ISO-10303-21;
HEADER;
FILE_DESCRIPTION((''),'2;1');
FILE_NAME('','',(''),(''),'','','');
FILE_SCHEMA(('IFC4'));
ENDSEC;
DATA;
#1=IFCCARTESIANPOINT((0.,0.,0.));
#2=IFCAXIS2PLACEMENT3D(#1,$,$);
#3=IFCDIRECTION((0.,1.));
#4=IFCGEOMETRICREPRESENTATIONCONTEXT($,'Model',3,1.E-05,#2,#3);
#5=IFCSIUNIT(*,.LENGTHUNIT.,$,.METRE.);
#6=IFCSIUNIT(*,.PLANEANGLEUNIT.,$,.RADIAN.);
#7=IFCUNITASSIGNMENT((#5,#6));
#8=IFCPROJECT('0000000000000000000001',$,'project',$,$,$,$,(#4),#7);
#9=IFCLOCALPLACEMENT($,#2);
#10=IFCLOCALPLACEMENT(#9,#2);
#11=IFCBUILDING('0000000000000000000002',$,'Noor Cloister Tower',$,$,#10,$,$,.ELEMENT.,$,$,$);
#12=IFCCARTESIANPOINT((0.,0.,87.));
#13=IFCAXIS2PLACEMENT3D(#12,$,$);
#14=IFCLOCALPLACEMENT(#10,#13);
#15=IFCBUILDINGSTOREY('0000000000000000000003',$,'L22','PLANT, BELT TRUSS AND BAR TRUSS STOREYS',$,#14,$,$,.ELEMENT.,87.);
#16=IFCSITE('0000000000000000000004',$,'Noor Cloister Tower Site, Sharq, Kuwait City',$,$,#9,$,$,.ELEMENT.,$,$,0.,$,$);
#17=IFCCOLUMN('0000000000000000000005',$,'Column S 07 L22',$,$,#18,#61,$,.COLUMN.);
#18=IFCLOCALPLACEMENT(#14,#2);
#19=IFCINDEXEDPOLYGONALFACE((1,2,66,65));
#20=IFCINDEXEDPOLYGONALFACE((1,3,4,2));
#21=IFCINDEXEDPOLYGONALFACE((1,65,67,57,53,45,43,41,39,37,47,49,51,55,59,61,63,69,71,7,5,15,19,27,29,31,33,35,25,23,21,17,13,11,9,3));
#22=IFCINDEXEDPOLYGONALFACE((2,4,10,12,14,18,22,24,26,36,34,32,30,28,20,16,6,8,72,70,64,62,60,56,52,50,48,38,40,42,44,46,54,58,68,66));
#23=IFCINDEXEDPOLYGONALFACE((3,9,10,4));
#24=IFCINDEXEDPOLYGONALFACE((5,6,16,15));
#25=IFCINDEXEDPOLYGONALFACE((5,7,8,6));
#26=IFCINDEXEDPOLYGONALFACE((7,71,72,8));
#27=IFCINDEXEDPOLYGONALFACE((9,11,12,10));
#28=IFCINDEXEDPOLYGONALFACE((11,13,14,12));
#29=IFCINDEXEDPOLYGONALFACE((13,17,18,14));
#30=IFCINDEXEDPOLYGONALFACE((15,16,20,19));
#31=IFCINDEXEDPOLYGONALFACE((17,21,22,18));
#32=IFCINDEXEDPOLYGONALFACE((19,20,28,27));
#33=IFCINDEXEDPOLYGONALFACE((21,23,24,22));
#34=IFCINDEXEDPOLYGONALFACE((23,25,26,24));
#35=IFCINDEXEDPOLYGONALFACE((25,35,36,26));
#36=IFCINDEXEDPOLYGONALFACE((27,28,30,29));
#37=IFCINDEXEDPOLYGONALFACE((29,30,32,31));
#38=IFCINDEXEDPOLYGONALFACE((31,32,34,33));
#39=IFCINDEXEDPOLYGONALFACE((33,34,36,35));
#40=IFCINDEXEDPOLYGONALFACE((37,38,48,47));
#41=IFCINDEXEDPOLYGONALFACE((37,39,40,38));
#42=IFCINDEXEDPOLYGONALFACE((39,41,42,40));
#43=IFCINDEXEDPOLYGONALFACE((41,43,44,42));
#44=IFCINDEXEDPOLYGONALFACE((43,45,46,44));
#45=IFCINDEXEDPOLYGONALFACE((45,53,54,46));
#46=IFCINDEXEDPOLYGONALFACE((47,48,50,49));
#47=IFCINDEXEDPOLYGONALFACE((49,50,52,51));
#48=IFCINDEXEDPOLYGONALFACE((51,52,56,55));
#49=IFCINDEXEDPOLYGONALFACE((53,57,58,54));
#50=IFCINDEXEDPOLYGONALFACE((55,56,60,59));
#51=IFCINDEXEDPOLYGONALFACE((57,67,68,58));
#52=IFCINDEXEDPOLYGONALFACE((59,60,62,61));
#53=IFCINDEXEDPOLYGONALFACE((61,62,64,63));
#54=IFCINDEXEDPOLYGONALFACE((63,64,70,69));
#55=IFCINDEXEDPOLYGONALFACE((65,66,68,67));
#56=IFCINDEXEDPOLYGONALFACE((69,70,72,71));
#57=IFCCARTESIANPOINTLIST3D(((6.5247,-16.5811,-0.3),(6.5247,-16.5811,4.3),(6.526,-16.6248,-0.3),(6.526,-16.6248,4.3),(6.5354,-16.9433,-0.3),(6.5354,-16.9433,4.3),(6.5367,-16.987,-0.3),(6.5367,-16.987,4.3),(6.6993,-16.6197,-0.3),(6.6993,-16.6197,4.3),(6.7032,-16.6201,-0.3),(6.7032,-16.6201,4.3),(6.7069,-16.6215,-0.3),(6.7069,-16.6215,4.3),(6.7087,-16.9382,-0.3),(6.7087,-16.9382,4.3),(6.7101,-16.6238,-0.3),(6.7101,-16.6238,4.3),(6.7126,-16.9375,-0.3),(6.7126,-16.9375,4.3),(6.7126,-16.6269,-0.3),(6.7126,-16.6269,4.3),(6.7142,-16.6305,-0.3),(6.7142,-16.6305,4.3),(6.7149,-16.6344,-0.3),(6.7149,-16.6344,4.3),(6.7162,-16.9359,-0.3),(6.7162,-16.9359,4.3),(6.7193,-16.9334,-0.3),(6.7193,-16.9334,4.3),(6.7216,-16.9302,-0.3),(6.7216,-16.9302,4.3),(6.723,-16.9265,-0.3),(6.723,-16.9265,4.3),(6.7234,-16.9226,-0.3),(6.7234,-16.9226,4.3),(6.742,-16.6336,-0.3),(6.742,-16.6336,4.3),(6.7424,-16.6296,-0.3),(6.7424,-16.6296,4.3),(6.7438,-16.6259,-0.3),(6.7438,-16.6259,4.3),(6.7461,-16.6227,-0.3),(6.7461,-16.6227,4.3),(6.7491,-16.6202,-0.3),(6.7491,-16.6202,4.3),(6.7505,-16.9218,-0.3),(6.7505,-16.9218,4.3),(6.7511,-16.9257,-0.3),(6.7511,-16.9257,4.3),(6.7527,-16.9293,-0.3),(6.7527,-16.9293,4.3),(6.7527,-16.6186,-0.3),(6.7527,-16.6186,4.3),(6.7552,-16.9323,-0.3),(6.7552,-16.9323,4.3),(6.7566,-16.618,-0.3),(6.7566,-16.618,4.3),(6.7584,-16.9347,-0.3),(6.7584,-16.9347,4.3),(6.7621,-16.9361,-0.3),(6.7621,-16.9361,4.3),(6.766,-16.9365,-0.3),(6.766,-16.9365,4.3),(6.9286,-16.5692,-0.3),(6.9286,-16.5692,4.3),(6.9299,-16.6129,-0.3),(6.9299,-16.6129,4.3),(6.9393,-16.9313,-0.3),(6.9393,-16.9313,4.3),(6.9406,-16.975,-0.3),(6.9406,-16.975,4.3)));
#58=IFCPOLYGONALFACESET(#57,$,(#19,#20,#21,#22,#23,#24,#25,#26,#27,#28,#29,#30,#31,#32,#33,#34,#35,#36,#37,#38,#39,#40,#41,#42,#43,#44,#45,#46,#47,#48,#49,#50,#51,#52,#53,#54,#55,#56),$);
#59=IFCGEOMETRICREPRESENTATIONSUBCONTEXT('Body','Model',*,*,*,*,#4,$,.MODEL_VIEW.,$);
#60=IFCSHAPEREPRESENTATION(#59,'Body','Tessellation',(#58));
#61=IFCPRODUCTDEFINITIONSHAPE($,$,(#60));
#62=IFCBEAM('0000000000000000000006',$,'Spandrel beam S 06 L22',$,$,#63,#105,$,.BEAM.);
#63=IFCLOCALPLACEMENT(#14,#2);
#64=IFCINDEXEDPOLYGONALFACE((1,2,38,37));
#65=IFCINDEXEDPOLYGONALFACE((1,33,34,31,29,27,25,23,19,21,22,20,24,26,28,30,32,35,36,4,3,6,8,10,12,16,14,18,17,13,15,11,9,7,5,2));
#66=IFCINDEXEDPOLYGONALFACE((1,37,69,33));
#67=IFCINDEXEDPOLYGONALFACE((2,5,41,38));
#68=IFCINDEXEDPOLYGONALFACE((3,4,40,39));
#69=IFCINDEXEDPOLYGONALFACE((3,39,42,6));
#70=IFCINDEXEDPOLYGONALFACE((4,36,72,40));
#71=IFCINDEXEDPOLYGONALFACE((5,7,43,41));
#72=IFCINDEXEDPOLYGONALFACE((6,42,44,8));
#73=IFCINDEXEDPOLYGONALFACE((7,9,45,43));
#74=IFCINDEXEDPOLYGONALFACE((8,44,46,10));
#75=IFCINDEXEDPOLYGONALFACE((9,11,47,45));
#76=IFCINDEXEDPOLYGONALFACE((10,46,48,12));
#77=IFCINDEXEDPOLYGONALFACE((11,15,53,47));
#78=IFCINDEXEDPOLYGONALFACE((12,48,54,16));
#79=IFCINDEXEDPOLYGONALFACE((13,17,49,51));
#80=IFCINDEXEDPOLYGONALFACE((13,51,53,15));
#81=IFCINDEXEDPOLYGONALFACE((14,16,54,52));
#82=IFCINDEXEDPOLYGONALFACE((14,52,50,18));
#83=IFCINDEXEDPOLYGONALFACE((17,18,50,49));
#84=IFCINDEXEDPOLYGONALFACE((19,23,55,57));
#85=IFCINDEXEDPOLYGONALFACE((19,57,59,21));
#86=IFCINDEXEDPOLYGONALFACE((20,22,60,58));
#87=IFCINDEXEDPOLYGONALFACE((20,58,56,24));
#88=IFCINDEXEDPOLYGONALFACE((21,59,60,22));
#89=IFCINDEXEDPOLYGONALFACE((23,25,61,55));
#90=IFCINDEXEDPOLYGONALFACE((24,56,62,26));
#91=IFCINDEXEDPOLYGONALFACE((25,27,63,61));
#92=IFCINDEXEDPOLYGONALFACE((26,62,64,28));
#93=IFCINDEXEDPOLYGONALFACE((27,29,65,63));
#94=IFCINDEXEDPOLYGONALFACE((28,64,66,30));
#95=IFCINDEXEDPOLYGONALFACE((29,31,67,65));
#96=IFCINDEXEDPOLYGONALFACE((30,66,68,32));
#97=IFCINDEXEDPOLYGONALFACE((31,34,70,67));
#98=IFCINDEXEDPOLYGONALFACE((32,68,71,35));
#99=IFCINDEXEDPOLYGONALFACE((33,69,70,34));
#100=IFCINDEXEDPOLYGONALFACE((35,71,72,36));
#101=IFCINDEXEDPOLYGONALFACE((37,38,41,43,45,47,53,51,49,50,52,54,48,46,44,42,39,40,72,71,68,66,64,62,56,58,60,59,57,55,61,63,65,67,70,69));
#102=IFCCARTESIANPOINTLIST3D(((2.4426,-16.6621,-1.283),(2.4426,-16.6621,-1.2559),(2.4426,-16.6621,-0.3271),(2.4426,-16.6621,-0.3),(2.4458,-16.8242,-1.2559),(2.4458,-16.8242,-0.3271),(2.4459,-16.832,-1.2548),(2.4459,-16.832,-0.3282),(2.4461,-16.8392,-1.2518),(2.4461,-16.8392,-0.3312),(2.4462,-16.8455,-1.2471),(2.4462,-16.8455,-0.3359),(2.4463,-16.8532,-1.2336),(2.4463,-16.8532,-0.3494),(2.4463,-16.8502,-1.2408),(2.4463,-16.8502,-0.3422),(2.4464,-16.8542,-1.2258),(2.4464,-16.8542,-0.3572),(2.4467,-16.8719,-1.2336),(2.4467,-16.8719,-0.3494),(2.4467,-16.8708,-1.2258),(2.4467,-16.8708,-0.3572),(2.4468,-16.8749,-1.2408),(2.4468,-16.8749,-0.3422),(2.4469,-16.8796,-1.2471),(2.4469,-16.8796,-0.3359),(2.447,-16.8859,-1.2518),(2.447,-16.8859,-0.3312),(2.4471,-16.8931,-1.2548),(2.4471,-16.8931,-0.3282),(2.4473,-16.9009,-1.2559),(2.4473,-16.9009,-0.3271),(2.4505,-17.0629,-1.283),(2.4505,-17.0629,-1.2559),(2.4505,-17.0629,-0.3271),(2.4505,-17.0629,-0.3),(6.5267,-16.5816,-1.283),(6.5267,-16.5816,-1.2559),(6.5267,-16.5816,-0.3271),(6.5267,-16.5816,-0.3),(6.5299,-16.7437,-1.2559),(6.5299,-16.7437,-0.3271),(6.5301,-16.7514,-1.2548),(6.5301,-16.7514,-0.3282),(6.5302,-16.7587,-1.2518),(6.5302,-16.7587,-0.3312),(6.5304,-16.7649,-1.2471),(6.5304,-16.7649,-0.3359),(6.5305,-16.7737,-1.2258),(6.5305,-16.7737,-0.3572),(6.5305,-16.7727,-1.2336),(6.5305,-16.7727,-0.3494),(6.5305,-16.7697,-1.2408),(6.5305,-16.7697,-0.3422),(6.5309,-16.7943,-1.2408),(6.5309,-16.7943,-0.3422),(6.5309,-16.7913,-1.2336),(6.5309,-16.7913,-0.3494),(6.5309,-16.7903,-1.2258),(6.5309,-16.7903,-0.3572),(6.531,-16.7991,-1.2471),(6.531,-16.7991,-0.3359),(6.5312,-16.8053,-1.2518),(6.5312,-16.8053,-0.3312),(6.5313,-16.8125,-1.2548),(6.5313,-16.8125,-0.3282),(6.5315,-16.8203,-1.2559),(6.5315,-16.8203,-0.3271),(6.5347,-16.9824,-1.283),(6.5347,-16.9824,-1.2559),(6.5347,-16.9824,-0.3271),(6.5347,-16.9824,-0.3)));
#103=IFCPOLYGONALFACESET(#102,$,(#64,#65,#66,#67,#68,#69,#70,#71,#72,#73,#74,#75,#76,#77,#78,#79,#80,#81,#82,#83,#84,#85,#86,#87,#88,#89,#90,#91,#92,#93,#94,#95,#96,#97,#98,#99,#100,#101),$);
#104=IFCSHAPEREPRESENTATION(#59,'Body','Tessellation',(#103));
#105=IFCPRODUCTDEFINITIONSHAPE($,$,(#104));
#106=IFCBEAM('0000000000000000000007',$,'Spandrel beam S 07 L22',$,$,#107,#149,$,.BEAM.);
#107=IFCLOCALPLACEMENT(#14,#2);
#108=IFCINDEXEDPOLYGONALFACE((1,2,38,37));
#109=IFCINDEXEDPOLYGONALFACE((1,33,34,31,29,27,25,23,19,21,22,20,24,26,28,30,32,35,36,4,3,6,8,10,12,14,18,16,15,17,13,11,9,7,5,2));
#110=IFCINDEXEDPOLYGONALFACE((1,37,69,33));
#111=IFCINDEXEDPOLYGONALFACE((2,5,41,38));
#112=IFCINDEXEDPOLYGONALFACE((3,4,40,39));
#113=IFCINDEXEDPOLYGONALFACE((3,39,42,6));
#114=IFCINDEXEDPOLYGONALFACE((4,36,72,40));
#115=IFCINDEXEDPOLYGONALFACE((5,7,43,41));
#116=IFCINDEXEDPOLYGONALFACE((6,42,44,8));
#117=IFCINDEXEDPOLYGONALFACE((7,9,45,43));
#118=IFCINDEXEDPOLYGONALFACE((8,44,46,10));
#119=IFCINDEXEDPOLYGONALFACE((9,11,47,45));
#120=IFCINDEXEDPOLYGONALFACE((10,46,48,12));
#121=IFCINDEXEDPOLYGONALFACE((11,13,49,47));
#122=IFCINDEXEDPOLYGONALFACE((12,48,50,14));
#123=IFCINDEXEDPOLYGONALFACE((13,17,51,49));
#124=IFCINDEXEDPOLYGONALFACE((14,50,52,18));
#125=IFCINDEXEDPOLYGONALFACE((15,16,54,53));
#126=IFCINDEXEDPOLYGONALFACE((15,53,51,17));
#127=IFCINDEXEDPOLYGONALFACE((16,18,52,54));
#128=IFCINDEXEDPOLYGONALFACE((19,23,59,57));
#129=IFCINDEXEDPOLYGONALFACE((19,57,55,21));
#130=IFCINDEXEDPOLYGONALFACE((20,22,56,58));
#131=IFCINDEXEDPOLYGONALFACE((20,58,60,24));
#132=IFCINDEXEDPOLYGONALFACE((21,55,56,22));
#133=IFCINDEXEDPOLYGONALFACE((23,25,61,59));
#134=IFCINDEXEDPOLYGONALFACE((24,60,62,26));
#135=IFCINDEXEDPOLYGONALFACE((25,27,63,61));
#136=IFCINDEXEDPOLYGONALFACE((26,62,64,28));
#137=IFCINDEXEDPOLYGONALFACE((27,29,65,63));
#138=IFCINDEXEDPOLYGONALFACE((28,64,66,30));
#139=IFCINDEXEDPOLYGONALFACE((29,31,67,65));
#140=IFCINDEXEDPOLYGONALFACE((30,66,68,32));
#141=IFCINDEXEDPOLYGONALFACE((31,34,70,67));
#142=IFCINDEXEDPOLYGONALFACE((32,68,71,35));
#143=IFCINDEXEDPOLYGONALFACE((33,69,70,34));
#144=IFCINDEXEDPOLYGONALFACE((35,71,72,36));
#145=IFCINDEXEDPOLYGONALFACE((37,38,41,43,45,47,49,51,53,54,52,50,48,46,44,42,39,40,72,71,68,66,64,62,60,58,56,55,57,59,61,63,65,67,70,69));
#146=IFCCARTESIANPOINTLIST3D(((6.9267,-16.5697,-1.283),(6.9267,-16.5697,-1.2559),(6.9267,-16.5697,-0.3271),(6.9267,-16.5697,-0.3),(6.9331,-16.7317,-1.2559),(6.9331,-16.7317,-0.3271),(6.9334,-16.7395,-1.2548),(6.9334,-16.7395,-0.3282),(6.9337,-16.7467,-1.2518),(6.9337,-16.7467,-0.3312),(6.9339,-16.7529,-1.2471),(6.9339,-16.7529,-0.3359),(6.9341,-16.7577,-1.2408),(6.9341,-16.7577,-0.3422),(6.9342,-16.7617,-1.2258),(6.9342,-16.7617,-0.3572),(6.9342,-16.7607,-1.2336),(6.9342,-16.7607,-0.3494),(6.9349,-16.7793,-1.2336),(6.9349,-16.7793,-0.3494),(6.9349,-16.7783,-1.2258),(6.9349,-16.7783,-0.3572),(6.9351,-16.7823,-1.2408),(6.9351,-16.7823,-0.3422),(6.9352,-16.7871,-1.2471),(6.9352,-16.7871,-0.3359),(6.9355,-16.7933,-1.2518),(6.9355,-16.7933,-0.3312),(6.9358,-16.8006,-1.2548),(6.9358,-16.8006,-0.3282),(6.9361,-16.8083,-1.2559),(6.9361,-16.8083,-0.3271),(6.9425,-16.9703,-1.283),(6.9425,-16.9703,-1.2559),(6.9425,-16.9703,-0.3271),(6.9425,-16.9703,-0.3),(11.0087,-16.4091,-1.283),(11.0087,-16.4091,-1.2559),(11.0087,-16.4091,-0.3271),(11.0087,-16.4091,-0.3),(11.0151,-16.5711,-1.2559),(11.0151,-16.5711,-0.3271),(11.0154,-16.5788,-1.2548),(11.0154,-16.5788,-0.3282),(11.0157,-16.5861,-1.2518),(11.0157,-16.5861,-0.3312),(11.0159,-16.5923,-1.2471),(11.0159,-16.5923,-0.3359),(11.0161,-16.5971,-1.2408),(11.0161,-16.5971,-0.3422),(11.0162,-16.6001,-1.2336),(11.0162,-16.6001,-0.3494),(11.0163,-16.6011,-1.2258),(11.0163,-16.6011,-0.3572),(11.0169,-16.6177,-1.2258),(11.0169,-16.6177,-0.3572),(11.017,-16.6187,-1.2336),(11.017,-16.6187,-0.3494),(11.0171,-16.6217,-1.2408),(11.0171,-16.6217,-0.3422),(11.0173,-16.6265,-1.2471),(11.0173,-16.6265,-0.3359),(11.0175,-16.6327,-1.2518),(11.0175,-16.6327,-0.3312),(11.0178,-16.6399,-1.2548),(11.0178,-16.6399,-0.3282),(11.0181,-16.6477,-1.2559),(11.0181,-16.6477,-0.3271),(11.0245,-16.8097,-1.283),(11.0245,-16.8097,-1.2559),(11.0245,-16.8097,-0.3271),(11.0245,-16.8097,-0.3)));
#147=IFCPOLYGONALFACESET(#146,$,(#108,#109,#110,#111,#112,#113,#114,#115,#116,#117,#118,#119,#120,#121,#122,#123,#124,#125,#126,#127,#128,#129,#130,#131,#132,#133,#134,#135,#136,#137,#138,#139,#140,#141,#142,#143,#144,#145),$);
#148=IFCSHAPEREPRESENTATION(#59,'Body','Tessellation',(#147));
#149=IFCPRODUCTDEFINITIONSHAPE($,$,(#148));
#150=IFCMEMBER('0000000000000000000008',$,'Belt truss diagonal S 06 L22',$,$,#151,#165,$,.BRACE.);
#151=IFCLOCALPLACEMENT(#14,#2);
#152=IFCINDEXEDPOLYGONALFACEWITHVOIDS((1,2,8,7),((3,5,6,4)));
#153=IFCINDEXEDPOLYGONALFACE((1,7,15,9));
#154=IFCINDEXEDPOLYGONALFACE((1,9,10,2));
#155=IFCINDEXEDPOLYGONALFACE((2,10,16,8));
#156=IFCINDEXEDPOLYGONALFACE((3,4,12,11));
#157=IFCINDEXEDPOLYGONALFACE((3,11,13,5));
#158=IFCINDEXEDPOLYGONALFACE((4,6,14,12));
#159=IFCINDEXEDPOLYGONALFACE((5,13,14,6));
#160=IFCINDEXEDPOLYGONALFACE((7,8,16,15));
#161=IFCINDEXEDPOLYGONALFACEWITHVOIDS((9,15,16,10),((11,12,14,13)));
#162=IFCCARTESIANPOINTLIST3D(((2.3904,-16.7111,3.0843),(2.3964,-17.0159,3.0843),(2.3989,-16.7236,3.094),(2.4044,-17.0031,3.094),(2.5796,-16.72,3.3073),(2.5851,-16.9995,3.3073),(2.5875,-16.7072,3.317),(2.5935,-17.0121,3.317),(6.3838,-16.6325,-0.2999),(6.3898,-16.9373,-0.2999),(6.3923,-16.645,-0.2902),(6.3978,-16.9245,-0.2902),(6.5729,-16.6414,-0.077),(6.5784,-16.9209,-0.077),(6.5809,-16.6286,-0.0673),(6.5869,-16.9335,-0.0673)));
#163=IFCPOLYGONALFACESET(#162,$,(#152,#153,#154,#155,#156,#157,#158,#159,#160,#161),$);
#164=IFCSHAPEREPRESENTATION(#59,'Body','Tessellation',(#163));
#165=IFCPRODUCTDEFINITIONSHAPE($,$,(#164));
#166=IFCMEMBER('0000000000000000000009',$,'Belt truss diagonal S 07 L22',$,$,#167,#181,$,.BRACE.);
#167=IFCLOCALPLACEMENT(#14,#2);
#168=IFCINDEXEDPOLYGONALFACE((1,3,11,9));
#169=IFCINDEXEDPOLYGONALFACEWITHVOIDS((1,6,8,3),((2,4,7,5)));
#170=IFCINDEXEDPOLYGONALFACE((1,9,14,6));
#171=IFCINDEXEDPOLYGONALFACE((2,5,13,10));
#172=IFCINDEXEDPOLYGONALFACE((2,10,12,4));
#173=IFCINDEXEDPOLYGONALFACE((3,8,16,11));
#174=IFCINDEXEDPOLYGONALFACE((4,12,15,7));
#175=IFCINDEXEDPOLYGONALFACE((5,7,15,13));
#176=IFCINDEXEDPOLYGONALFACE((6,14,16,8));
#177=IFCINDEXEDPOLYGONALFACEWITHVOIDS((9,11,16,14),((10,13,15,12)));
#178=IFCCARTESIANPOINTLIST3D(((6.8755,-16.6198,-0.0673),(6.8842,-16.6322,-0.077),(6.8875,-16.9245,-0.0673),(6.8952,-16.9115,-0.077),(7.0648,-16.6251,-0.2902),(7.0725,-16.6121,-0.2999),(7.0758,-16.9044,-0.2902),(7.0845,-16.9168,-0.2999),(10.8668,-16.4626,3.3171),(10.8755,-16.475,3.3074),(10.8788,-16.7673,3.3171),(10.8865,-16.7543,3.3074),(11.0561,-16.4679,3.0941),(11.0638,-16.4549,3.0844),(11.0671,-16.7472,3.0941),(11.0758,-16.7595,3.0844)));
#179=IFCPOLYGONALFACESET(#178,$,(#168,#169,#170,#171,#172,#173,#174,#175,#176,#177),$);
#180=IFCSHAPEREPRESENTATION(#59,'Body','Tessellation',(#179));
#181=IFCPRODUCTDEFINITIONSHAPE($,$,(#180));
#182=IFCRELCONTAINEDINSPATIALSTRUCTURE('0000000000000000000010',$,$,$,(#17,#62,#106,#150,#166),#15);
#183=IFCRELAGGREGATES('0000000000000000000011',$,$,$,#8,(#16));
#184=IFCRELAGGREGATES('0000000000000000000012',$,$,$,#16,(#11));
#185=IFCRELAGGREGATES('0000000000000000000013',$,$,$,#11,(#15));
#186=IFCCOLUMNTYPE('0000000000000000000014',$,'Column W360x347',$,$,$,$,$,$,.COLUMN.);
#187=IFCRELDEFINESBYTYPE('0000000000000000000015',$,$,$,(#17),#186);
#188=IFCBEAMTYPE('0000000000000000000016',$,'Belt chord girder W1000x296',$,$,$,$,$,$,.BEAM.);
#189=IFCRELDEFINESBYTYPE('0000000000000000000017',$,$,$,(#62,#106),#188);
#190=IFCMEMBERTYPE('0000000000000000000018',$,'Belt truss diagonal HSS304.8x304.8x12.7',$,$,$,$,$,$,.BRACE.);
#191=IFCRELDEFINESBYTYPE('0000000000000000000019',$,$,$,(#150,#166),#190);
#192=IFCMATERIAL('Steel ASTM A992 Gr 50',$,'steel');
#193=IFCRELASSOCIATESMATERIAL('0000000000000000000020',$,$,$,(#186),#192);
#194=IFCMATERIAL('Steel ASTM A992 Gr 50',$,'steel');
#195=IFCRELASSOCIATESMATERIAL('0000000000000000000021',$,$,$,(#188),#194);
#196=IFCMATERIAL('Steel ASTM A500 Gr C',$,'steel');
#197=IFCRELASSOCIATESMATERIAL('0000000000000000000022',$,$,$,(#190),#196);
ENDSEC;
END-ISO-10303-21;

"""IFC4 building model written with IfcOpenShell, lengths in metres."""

from ifc_helpers import new_model, si_unit, direction, frame, origin, origin_2d, place, context, subcontext, project, spatial, hollow_rectangle, i_section, extrude, material, material_profile, profile_set, type_object, element, save


model = new_model("IFC4")

# Units and contexts
model_context = context("Model", 3, precision=1e-05, world=origin(), true_north=direction((0.0, 1.0)))
body_context = subcontext(model_context, "Body", "Model", "MODEL_VIEW")
ifc_project = project(units=[si_unit("LENGTHUNIT", "METRE"), si_unit("PLANEANGLEUNIT", "RADIAN")], contexts=[model_context])

# Site, building, storey
site_placement = place(None, origin())
site = spatial("IfcSite", under=ifc_project, at=site_placement, Name="Noor Cloister Tower Site, Sharq, Kuwait City", CompositionType="ELEMENT", RefElevation=0.0)
building_placement = place(site_placement, origin())
building = spatial("IfcBuilding", under=site, at=building_placement, Name="Noor Cloister Tower", CompositionType="ELEMENT")
storey_placement = place(building_placement, frame((0.0, 0.0, 87.0)))
storey = spatial("IfcBuildingStorey", under=building, at=storey_placement, Name="L22", Description="PLANT, BELT TRUSS AND BAR TRUSS STOREYS", CompositionType="ELEMENT", Elevation=87.0)

# Column
ifc_material_1 = material(Name="Steel ASTM A992 Gr 50", Category="steel")
ifc_material_profile_1 = material_profile(ifc_material_1, i_section(OverallWidth=0.4041, OverallDepth=0.406, WebThickness=0.0271, FlangeThickness=0.0437, FilletRadius=0.0151, at=origin_2d()), Name="W360x347")
ifc_profile_set_1 = profile_set([ifc_material_profile_1], Name="Steel ASTM A992 Gr 50")
column_type = type_object("IfcColumnType", Name="Column W360x347", PredefinedType="COLUMN", material=ifc_profile_set_1)
column_placement = place(storey_placement, frame((6.7327, -16.7781, -0.3), z_axis=(0.0, 0.0, 1.0), x_axis=(0.999564, 0.029521, 0.0)))
element("IfcColumn", 1, at=column_placement, inside=storey, type_object=column_type, Name="Column S 07 L22", PredefinedType="COLUMN", context=body_context, shape_type="SweptSolid", body=[
    extrude(i_section(OverallWidth=0.4041, OverallDepth=0.406, WebThickness=0.0271, FlangeThickness=0.0437, FilletRadius=0.0151, at=origin_2d()), origin(), (0.0, 0.0, 1.0), 4.6001),
])

# Beams
ifc_material_2 = material(Name="Steel ASTM A992 Gr 50", Category="steel")
ifc_material_profile_2 = material_profile(ifc_material_2, i_section(OverallWidth=0.4009, OverallDepth=0.9829, WebThickness=0.0166, FlangeThickness=0.0271, FilletRadius=0.03, at=origin_2d()), Name="W1000x296")
ifc_profile_set_2 = profile_set([ifc_material_profile_2], Name="Steel ASTM A992 Gr 50")
beam_type_1 = type_object("IfcBeamType", Name="Belt chord girder W1000x296", PredefinedType="BEAM", material=ifc_profile_set_2)
beam_1_placement = place(storey_placement, frame((2.4465, -16.8625, -0.7915), z_axis=(0.999805, 0.019722, 0.0), x_axis=(-0.019722, 0.999805, 0.0)))
element("IfcBeam", 2, at=beam_1_placement, inside=storey, type_object=beam_type_1, Name="Spandrel beam S 06 L22", PredefinedType="BEAM", context=body_context, shape_type="SweptSolid", body=[
    extrude(i_section(OverallWidth=0.4009, OverallDepth=0.9829, WebThickness=0.0166, FlangeThickness=0.0271, FilletRadius=0.03, at=origin_2d()), origin(), (0.0, 0.0, 1.0), 4.085),
])
beam_2_placement = place(storey_placement, frame((6.9346, -16.77, -0.7915), z_axis=(0.999227, 0.039324, 0.0), x_axis=(-0.039324, 0.999227, 0.0)))
element("IfcBeam", 3, at=beam_2_placement, inside=storey, type_object=beam_type_1, Name="Spandrel beam S 07 L22", PredefinedType="BEAM", context=body_context, shape_type="SweptSolid", body=[
    extrude(i_section(OverallWidth=0.4009, OverallDepth=0.9829, WebThickness=0.0166, FlangeThickness=0.0271, FilletRadius=0.03, at=origin_2d()), origin(), (0.0, 0.0, 1.0), 4.0852),
])

# Members
ifc_material_3 = material(Name="Steel ASTM A500 Gr C", Category="steel")
ifc_material_profile_3 = material_profile(ifc_material_3, hollow_rectangle(XDim=0.3049, YDim=0.3049, WallThickness=0.0127, at=origin_2d()), Name="HSS304.8x304.8x12.7")
ifc_profile_set_3 = profile_set([ifc_material_profile_3], Name="Steel ASTM A500 Gr C")
member_type = type_object("IfcMemberType", Name="Belt truss diagonal HSS304.8x304.8x12.7", PredefinedType="BRACE", material=ifc_profile_set_3)
member_1_placement = place(storey_placement, frame((6.4854, -16.783, -0.1836), z_axis=(-0.762806, -0.015016, 0.646452), x_axis=(0.019682, -0.999806, 0.0)))
element("IfcMember", 4, at=member_1_placement, inside=storey, type_object=member_type, Name="Belt truss diagonal S 06 L22", PredefinedType="BRACE", context=body_context, shape_type="SweptSolid", body=[
    extrude(hollow_rectangle(XDim=0.3049, YDim=0.3049, WallThickness=0.0127, at=origin_2d()), origin(), (0.0, 0.0, 1.0), 5.2351),
])
member_2_placement = place(storey_placement, frame((6.98, -16.7683, -0.1836), z_axis=(0.762373, 0.030032, 0.646441), x_axis=(-0.039363, 0.999225, 0.0)))
element("IfcMember", 5, at=member_2_placement, inside=storey, type_object=member_type, Name="Belt truss diagonal S 07 L22", PredefinedType="BRACE", context=body_context, shape_type="SweptSolid", body=[
    extrude(hollow_rectangle(XDim=0.3049, YDim=0.3049, WallThickness=0.0127, at=origin_2d()), origin(), (0.0, 0.0, 1.0), 5.2354),
])

save(model, "model.ifc")
